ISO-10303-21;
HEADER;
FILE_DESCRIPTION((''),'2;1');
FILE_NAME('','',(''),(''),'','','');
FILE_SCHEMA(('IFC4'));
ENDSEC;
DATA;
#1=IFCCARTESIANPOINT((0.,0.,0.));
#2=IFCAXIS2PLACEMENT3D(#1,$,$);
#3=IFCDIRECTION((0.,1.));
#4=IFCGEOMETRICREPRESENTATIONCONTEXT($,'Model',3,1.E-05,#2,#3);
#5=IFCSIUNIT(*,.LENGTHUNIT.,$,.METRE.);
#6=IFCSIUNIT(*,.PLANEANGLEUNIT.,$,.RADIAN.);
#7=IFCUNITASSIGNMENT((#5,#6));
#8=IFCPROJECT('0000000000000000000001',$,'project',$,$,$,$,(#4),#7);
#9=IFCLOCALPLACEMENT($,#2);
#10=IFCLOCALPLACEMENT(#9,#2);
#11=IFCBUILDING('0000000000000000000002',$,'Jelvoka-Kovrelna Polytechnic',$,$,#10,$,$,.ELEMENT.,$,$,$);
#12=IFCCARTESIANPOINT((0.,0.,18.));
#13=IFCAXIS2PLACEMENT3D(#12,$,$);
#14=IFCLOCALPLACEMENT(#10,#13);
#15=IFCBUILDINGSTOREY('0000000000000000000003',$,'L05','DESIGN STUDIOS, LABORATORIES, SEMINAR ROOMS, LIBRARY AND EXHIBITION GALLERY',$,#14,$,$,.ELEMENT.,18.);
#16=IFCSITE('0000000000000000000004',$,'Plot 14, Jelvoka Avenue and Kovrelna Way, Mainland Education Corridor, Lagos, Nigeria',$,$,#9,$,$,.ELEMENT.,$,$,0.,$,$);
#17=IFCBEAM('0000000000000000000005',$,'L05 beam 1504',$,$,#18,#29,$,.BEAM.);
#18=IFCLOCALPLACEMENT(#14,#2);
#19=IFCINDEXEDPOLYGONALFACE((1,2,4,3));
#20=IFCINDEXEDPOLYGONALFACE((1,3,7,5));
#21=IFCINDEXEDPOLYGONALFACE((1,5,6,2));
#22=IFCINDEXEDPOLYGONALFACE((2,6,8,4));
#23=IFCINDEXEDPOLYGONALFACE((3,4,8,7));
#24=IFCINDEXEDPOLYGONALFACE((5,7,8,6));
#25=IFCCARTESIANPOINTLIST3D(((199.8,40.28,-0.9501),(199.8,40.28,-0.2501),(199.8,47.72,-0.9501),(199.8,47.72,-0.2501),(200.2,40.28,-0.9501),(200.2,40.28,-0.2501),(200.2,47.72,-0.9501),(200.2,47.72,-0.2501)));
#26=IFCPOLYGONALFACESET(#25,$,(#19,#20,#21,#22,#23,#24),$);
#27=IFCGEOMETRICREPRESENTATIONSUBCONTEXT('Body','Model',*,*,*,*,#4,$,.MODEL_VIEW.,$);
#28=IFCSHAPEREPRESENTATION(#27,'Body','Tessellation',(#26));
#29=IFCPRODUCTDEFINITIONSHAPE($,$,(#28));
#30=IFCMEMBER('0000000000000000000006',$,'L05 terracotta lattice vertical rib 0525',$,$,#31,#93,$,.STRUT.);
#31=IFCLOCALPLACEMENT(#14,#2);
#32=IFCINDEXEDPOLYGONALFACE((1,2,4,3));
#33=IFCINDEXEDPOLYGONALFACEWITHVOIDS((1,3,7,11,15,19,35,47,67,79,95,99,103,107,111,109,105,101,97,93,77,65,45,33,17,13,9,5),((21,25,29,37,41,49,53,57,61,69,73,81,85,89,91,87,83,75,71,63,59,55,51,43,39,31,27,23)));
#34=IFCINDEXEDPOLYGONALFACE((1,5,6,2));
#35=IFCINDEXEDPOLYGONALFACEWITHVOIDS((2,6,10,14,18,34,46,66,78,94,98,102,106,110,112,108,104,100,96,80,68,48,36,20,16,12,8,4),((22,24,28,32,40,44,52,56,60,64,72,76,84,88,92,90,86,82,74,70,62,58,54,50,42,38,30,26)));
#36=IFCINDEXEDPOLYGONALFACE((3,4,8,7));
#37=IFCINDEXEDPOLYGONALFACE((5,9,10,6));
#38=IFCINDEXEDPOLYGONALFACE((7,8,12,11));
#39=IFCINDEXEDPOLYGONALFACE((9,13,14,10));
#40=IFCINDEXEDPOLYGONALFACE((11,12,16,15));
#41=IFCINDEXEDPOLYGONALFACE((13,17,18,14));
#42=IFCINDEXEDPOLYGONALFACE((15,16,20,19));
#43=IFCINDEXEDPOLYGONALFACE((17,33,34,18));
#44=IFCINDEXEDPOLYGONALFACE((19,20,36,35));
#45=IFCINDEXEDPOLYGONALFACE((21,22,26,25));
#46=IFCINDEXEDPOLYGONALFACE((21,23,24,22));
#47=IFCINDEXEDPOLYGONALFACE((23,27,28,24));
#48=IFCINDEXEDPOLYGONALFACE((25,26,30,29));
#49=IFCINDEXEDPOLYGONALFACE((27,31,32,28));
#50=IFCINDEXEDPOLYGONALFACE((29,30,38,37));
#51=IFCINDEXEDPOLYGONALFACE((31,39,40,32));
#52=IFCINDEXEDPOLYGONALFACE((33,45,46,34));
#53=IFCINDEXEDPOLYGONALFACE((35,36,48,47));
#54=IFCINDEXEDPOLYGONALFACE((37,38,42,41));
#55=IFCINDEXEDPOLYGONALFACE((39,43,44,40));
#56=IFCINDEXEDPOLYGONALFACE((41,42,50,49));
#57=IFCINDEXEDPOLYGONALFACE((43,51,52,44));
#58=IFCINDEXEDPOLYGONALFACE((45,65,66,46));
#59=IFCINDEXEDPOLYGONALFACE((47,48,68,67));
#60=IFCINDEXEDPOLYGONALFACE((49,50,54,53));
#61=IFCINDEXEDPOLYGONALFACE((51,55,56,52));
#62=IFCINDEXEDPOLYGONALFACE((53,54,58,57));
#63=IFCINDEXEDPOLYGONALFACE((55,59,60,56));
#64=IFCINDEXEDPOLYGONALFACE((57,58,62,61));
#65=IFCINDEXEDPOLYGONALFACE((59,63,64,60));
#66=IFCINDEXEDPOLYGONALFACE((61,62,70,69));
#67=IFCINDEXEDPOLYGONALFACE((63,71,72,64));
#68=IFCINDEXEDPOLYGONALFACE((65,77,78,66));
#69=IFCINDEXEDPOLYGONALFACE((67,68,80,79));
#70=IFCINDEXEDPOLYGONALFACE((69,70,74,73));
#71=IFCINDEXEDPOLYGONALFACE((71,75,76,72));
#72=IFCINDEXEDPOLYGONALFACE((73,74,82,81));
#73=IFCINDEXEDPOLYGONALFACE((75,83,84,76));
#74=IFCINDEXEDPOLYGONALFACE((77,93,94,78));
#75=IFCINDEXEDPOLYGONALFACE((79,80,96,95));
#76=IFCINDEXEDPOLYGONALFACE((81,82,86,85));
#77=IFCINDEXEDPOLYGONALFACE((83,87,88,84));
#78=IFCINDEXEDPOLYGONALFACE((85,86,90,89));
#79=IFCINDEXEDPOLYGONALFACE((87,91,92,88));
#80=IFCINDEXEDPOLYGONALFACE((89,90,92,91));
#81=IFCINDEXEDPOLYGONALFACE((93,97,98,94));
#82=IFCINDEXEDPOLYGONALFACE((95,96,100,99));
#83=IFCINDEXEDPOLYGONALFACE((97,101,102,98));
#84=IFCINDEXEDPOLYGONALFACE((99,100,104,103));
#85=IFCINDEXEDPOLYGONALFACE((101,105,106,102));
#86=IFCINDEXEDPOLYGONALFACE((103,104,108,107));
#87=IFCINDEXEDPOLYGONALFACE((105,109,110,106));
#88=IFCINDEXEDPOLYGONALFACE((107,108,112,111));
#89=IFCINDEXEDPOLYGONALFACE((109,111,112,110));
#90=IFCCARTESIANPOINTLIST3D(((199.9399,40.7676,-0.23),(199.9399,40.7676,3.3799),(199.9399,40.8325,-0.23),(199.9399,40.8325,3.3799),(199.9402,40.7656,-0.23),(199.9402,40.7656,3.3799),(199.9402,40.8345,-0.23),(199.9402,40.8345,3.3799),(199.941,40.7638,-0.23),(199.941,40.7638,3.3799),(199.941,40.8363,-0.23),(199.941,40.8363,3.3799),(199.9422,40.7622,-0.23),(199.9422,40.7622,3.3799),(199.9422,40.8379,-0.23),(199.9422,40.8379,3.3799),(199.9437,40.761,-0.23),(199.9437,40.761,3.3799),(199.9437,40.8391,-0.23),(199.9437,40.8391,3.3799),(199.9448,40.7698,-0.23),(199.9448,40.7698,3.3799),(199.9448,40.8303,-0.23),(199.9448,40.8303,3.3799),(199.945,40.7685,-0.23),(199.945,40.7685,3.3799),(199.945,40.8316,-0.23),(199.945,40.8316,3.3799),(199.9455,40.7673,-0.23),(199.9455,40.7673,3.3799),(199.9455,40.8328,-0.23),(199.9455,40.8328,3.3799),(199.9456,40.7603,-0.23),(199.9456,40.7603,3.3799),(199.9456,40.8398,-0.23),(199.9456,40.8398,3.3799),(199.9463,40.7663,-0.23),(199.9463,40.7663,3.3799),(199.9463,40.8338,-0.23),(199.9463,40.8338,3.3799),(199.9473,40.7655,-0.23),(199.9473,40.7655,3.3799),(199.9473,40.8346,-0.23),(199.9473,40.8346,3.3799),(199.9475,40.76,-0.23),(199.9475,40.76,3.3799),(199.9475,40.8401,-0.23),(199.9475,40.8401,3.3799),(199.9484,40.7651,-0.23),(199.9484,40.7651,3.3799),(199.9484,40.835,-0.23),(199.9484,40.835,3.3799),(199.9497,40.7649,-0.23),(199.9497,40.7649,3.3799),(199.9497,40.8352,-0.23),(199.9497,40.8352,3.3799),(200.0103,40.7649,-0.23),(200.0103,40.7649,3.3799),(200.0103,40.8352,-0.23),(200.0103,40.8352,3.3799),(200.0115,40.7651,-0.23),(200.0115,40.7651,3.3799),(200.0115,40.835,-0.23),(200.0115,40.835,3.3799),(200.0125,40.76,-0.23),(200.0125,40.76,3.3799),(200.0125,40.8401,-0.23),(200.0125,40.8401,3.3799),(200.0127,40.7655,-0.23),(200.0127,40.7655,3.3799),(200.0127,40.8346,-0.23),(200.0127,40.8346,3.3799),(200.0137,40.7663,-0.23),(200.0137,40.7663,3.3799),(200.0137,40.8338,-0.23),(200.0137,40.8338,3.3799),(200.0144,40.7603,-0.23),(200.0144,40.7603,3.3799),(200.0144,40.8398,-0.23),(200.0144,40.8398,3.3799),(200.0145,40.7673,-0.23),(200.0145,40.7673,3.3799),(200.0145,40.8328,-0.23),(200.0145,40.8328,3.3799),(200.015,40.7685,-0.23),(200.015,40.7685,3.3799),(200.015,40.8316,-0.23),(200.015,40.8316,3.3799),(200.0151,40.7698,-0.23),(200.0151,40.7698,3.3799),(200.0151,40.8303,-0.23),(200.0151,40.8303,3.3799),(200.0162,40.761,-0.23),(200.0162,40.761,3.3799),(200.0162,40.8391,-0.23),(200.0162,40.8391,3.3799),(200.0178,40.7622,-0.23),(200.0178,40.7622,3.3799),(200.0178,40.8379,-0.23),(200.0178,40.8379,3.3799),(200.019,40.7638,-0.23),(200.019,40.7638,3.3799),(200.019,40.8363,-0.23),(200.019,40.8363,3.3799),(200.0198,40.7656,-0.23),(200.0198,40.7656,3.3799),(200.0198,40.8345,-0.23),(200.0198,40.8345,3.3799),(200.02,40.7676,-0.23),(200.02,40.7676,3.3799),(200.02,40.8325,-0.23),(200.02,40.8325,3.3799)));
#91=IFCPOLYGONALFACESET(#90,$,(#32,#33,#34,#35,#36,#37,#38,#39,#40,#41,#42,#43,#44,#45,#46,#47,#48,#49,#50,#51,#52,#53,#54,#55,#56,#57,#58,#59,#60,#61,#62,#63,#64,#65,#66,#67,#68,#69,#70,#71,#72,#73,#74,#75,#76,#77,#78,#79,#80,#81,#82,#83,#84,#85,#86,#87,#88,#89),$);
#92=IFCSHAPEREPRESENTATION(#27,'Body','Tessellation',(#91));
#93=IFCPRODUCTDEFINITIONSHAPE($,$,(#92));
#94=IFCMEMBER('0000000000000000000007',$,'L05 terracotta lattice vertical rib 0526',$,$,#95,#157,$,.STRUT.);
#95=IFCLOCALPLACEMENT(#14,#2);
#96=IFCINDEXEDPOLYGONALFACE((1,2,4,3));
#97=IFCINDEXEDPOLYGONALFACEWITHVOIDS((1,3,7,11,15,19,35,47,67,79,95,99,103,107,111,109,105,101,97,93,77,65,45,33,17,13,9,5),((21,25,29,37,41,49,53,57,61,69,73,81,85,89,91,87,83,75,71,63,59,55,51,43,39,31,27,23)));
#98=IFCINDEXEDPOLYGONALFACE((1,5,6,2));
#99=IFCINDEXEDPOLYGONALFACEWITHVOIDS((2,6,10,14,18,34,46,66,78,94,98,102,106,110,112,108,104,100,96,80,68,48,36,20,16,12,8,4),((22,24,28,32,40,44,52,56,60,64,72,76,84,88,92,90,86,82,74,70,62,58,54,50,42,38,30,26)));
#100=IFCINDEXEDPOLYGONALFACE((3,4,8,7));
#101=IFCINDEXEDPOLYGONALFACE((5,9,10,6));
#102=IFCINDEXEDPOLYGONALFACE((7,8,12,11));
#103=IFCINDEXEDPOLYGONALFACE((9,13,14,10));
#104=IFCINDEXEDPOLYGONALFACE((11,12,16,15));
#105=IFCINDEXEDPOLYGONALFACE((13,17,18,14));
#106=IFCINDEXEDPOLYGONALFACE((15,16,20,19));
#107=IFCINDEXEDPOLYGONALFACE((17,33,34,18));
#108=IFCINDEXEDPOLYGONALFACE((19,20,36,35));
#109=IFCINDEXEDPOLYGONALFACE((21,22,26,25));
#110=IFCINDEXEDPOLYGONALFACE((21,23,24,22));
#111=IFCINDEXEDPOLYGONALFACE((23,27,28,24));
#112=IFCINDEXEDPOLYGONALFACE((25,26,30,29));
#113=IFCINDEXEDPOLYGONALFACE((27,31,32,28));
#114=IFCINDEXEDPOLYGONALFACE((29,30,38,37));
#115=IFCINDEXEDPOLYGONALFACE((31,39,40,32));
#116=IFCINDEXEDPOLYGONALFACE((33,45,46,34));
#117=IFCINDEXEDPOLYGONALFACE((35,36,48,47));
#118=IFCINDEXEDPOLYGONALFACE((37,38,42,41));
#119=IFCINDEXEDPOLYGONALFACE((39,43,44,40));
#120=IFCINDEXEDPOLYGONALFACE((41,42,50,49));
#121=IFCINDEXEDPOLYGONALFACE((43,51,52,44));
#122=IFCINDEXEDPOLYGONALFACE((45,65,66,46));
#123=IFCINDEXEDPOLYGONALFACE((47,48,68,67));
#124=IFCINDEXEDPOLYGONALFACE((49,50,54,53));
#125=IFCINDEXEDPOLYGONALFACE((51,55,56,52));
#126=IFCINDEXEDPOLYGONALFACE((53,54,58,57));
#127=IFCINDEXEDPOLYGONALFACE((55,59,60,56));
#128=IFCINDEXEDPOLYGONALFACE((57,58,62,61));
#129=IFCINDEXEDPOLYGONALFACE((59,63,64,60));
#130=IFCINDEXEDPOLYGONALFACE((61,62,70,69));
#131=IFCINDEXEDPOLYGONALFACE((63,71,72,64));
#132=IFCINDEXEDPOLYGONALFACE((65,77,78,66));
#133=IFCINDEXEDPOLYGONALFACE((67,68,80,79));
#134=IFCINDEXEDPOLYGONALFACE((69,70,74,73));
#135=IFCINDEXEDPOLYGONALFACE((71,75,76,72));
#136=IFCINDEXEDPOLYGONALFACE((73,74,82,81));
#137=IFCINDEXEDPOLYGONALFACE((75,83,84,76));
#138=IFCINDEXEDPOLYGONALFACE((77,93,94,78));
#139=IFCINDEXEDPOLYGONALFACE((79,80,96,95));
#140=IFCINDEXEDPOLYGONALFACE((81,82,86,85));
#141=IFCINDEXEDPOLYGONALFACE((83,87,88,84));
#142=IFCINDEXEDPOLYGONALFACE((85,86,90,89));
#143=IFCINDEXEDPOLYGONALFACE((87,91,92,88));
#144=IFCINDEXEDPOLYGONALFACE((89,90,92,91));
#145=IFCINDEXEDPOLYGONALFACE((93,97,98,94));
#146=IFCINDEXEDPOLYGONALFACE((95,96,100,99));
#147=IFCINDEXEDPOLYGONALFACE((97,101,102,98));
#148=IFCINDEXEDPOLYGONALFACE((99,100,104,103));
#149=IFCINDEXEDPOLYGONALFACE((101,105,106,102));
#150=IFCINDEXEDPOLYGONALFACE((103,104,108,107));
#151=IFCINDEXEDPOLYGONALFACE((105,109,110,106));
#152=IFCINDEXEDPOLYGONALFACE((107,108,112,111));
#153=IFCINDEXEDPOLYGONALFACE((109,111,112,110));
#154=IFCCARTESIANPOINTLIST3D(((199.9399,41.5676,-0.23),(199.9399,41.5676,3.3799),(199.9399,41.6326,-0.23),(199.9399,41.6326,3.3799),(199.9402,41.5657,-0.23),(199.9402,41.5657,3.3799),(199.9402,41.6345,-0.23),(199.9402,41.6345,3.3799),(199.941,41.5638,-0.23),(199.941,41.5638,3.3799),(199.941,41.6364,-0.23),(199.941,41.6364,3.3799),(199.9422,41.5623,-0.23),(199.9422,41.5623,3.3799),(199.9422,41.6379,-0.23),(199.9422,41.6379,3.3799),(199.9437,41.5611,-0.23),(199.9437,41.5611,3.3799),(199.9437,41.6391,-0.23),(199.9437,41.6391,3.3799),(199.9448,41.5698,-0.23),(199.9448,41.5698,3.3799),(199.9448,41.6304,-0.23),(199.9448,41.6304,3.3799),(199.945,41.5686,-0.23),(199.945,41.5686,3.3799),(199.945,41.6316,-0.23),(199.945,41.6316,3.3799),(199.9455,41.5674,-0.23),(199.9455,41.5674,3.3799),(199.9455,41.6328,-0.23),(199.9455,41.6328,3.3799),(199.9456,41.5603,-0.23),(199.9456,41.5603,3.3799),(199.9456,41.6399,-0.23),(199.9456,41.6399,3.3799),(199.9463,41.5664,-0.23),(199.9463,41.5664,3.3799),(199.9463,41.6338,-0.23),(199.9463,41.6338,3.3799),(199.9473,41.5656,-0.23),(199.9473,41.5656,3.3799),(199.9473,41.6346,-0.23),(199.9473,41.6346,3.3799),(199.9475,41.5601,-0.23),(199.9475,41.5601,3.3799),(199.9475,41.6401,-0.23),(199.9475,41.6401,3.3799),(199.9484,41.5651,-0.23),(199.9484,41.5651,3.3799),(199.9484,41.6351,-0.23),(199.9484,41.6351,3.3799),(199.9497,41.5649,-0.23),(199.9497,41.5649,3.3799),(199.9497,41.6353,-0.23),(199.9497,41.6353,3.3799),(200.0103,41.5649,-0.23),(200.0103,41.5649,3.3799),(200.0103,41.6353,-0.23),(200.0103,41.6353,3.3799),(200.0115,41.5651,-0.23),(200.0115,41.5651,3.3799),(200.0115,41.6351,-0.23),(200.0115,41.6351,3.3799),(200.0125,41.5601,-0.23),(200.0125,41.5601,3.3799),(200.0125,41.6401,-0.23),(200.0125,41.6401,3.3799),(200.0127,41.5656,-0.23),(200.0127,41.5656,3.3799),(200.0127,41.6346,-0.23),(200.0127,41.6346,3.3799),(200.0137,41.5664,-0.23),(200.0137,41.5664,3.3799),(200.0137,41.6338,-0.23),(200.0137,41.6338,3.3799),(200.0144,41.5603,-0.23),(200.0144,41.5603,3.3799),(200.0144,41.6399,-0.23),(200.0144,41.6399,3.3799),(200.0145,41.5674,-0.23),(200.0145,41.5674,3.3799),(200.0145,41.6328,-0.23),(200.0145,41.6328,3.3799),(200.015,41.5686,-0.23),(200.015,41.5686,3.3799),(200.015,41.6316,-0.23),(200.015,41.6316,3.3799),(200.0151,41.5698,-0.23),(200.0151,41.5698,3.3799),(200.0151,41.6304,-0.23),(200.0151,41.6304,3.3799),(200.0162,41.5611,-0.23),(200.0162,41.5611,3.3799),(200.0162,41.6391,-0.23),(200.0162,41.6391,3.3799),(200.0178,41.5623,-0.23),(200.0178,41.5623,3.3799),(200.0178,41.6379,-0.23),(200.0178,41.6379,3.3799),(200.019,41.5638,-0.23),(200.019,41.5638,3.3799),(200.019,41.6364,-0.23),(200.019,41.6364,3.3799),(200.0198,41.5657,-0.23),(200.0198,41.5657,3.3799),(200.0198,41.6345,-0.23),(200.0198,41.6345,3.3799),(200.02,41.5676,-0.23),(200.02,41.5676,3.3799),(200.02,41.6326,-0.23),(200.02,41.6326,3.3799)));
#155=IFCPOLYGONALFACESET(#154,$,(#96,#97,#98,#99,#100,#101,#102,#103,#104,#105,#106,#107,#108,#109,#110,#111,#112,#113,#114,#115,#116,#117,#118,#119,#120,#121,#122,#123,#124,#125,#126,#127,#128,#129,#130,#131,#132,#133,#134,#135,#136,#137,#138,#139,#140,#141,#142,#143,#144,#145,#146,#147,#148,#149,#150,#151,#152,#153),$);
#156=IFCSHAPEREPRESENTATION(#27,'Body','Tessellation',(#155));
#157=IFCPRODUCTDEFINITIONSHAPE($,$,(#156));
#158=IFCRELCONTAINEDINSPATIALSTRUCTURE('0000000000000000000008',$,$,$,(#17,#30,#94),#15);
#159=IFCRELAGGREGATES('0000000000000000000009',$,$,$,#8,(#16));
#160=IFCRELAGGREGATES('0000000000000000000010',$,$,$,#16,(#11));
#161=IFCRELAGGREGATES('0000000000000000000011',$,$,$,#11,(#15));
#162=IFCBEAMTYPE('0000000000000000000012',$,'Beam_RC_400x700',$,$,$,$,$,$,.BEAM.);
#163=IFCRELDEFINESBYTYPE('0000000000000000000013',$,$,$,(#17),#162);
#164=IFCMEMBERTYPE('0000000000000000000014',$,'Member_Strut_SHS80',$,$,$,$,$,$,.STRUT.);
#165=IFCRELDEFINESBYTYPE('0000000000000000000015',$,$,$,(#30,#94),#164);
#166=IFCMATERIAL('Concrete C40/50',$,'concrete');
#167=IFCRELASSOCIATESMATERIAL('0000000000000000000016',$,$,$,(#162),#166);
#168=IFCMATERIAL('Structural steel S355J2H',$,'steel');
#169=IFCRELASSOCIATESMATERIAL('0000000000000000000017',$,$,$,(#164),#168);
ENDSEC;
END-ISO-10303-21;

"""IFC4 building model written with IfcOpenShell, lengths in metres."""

from ifc_helpers import new_model, si_unit, direction, frame, origin, origin_2d, place, context, subcontext, project, spatial, rectangle, hollow_rectangle, extrude, material, material_profile, profile_set, type_object, element, save


model = new_model("IFC4")

# Units and contexts
model_context = context("Model", 3, precision=1e-05, world=origin(), true_north=direction((0.0, 1.0)))
body_context = subcontext(model_context, "Body", "Model", "MODEL_VIEW")
ifc_project = project(units=[si_unit("LENGTHUNIT", "METRE"), si_unit("PLANEANGLEUNIT", "RADIAN")], contexts=[model_context])

# Site, building, storey
site_placement = place(None, origin())
site = spatial("IfcSite", under=ifc_project, at=site_placement, Name="Plot 14, Jelvoka Avenue and Kovrelna Way, Mainland Education Corridor, Lagos, Nigeria", CompositionType="ELEMENT", RefElevation=0.0)
building_placement = place(site_placement, origin())
building = spatial("IfcBuilding", under=site, at=building_placement, Name="Jelvoka-Kovrelna Polytechnic", CompositionType="ELEMENT")
storey_placement = place(building_placement, frame((0.0, 0.0, 18.0)))
storey = spatial("IfcBuildingStorey", under=building, at=storey_placement, Name="L05", Description="DESIGN STUDIOS, LABORATORIES, SEMINAR ROOMS, LIBRARY AND EXHIBITION GALLERY", CompositionType="ELEMENT", Elevation=18.0)

# Beam
ifc_material_1 = material(Name="Concrete C40/50", Category="concrete")
ifc_material_profile_1 = material_profile(ifc_material_1, rectangle(XDim=0.3999, YDim=0.7, at=origin_2d()), Name="RC 400x700")
ifc_profile_set_1 = profile_set([ifc_material_profile_1], Name="Concrete C40/50")
beam_type = type_object("IfcBeamType", Name="Beam_RC_400x700", PredefinedType="BEAM", material=ifc_profile_set_1)
beam_placement = place(storey_placement, frame((200.0, 40.28, -0.6001), z_axis=(0.0, 1.0, 0.0), x_axis=(-1.0, 0.0, 0.0)))
element("IfcBeam", 1, at=beam_placement, inside=storey, type_object=beam_type, Name="L05 beam 1504", PredefinedType="BEAM", context=body_context, shape_type="SweptSolid", body=[
    extrude(rectangle(XDim=0.3999, YDim=0.7, at=origin_2d()), origin(), (0.0, 0.0, 1.0), 7.4399),
])

# Members
ifc_material_2 = material(Name="Structural steel S355J2H", Category="steel")
ifc_material_profile_2 = material_profile(ifc_material_2, hollow_rectangle(XDim=0.0801, YDim=0.0801, WallThickness=0.0049, InnerFilletRadius=0.0049, OuterFilletRadius=0.0076, at=origin_2d()), Name="80x80x5.0 SHS")
ifc_profile_set_2 = profile_set([ifc_material_profile_2], Name="Structural steel S355J2H")
member_type_1 = type_object("IfcMemberType", Name="Member_Strut_SHS80", PredefinedType="STRUT", material=ifc_profile_set_2)
for number, where, z_axis, x_axis, name in (
    (2, (199.98, 40.8, -0.23), (0.0, 0.0, 1.0), (1.0, 0.0, 0.0), "L05 terracotta lattice vertical rib 0525"),
    (3, (199.98, 41.6001, -0.23), (0.0, 0.0, 1.0), (1.0, 0.0, 0.0), "L05 terracotta lattice vertical rib 0526"),
):
    element("IfcMember", number, at=place(storey_placement, frame(where, z_axis=z_axis, x_axis=x_axis)), inside=storey, type_object=member_type_1, Name=name, PredefinedType="STRUT", context=body_context, shape_type="SweptSolid", body=[
        extrude(hollow_rectangle(XDim=0.0801, YDim=0.0801, WallThickness=0.0049, InnerFilletRadius=0.0049, OuterFilletRadius=0.0076, at=origin_2d()), origin(), (0.0, 0.0, 1.0), 3.6099),
    ])

save(model, "model.ifc")
